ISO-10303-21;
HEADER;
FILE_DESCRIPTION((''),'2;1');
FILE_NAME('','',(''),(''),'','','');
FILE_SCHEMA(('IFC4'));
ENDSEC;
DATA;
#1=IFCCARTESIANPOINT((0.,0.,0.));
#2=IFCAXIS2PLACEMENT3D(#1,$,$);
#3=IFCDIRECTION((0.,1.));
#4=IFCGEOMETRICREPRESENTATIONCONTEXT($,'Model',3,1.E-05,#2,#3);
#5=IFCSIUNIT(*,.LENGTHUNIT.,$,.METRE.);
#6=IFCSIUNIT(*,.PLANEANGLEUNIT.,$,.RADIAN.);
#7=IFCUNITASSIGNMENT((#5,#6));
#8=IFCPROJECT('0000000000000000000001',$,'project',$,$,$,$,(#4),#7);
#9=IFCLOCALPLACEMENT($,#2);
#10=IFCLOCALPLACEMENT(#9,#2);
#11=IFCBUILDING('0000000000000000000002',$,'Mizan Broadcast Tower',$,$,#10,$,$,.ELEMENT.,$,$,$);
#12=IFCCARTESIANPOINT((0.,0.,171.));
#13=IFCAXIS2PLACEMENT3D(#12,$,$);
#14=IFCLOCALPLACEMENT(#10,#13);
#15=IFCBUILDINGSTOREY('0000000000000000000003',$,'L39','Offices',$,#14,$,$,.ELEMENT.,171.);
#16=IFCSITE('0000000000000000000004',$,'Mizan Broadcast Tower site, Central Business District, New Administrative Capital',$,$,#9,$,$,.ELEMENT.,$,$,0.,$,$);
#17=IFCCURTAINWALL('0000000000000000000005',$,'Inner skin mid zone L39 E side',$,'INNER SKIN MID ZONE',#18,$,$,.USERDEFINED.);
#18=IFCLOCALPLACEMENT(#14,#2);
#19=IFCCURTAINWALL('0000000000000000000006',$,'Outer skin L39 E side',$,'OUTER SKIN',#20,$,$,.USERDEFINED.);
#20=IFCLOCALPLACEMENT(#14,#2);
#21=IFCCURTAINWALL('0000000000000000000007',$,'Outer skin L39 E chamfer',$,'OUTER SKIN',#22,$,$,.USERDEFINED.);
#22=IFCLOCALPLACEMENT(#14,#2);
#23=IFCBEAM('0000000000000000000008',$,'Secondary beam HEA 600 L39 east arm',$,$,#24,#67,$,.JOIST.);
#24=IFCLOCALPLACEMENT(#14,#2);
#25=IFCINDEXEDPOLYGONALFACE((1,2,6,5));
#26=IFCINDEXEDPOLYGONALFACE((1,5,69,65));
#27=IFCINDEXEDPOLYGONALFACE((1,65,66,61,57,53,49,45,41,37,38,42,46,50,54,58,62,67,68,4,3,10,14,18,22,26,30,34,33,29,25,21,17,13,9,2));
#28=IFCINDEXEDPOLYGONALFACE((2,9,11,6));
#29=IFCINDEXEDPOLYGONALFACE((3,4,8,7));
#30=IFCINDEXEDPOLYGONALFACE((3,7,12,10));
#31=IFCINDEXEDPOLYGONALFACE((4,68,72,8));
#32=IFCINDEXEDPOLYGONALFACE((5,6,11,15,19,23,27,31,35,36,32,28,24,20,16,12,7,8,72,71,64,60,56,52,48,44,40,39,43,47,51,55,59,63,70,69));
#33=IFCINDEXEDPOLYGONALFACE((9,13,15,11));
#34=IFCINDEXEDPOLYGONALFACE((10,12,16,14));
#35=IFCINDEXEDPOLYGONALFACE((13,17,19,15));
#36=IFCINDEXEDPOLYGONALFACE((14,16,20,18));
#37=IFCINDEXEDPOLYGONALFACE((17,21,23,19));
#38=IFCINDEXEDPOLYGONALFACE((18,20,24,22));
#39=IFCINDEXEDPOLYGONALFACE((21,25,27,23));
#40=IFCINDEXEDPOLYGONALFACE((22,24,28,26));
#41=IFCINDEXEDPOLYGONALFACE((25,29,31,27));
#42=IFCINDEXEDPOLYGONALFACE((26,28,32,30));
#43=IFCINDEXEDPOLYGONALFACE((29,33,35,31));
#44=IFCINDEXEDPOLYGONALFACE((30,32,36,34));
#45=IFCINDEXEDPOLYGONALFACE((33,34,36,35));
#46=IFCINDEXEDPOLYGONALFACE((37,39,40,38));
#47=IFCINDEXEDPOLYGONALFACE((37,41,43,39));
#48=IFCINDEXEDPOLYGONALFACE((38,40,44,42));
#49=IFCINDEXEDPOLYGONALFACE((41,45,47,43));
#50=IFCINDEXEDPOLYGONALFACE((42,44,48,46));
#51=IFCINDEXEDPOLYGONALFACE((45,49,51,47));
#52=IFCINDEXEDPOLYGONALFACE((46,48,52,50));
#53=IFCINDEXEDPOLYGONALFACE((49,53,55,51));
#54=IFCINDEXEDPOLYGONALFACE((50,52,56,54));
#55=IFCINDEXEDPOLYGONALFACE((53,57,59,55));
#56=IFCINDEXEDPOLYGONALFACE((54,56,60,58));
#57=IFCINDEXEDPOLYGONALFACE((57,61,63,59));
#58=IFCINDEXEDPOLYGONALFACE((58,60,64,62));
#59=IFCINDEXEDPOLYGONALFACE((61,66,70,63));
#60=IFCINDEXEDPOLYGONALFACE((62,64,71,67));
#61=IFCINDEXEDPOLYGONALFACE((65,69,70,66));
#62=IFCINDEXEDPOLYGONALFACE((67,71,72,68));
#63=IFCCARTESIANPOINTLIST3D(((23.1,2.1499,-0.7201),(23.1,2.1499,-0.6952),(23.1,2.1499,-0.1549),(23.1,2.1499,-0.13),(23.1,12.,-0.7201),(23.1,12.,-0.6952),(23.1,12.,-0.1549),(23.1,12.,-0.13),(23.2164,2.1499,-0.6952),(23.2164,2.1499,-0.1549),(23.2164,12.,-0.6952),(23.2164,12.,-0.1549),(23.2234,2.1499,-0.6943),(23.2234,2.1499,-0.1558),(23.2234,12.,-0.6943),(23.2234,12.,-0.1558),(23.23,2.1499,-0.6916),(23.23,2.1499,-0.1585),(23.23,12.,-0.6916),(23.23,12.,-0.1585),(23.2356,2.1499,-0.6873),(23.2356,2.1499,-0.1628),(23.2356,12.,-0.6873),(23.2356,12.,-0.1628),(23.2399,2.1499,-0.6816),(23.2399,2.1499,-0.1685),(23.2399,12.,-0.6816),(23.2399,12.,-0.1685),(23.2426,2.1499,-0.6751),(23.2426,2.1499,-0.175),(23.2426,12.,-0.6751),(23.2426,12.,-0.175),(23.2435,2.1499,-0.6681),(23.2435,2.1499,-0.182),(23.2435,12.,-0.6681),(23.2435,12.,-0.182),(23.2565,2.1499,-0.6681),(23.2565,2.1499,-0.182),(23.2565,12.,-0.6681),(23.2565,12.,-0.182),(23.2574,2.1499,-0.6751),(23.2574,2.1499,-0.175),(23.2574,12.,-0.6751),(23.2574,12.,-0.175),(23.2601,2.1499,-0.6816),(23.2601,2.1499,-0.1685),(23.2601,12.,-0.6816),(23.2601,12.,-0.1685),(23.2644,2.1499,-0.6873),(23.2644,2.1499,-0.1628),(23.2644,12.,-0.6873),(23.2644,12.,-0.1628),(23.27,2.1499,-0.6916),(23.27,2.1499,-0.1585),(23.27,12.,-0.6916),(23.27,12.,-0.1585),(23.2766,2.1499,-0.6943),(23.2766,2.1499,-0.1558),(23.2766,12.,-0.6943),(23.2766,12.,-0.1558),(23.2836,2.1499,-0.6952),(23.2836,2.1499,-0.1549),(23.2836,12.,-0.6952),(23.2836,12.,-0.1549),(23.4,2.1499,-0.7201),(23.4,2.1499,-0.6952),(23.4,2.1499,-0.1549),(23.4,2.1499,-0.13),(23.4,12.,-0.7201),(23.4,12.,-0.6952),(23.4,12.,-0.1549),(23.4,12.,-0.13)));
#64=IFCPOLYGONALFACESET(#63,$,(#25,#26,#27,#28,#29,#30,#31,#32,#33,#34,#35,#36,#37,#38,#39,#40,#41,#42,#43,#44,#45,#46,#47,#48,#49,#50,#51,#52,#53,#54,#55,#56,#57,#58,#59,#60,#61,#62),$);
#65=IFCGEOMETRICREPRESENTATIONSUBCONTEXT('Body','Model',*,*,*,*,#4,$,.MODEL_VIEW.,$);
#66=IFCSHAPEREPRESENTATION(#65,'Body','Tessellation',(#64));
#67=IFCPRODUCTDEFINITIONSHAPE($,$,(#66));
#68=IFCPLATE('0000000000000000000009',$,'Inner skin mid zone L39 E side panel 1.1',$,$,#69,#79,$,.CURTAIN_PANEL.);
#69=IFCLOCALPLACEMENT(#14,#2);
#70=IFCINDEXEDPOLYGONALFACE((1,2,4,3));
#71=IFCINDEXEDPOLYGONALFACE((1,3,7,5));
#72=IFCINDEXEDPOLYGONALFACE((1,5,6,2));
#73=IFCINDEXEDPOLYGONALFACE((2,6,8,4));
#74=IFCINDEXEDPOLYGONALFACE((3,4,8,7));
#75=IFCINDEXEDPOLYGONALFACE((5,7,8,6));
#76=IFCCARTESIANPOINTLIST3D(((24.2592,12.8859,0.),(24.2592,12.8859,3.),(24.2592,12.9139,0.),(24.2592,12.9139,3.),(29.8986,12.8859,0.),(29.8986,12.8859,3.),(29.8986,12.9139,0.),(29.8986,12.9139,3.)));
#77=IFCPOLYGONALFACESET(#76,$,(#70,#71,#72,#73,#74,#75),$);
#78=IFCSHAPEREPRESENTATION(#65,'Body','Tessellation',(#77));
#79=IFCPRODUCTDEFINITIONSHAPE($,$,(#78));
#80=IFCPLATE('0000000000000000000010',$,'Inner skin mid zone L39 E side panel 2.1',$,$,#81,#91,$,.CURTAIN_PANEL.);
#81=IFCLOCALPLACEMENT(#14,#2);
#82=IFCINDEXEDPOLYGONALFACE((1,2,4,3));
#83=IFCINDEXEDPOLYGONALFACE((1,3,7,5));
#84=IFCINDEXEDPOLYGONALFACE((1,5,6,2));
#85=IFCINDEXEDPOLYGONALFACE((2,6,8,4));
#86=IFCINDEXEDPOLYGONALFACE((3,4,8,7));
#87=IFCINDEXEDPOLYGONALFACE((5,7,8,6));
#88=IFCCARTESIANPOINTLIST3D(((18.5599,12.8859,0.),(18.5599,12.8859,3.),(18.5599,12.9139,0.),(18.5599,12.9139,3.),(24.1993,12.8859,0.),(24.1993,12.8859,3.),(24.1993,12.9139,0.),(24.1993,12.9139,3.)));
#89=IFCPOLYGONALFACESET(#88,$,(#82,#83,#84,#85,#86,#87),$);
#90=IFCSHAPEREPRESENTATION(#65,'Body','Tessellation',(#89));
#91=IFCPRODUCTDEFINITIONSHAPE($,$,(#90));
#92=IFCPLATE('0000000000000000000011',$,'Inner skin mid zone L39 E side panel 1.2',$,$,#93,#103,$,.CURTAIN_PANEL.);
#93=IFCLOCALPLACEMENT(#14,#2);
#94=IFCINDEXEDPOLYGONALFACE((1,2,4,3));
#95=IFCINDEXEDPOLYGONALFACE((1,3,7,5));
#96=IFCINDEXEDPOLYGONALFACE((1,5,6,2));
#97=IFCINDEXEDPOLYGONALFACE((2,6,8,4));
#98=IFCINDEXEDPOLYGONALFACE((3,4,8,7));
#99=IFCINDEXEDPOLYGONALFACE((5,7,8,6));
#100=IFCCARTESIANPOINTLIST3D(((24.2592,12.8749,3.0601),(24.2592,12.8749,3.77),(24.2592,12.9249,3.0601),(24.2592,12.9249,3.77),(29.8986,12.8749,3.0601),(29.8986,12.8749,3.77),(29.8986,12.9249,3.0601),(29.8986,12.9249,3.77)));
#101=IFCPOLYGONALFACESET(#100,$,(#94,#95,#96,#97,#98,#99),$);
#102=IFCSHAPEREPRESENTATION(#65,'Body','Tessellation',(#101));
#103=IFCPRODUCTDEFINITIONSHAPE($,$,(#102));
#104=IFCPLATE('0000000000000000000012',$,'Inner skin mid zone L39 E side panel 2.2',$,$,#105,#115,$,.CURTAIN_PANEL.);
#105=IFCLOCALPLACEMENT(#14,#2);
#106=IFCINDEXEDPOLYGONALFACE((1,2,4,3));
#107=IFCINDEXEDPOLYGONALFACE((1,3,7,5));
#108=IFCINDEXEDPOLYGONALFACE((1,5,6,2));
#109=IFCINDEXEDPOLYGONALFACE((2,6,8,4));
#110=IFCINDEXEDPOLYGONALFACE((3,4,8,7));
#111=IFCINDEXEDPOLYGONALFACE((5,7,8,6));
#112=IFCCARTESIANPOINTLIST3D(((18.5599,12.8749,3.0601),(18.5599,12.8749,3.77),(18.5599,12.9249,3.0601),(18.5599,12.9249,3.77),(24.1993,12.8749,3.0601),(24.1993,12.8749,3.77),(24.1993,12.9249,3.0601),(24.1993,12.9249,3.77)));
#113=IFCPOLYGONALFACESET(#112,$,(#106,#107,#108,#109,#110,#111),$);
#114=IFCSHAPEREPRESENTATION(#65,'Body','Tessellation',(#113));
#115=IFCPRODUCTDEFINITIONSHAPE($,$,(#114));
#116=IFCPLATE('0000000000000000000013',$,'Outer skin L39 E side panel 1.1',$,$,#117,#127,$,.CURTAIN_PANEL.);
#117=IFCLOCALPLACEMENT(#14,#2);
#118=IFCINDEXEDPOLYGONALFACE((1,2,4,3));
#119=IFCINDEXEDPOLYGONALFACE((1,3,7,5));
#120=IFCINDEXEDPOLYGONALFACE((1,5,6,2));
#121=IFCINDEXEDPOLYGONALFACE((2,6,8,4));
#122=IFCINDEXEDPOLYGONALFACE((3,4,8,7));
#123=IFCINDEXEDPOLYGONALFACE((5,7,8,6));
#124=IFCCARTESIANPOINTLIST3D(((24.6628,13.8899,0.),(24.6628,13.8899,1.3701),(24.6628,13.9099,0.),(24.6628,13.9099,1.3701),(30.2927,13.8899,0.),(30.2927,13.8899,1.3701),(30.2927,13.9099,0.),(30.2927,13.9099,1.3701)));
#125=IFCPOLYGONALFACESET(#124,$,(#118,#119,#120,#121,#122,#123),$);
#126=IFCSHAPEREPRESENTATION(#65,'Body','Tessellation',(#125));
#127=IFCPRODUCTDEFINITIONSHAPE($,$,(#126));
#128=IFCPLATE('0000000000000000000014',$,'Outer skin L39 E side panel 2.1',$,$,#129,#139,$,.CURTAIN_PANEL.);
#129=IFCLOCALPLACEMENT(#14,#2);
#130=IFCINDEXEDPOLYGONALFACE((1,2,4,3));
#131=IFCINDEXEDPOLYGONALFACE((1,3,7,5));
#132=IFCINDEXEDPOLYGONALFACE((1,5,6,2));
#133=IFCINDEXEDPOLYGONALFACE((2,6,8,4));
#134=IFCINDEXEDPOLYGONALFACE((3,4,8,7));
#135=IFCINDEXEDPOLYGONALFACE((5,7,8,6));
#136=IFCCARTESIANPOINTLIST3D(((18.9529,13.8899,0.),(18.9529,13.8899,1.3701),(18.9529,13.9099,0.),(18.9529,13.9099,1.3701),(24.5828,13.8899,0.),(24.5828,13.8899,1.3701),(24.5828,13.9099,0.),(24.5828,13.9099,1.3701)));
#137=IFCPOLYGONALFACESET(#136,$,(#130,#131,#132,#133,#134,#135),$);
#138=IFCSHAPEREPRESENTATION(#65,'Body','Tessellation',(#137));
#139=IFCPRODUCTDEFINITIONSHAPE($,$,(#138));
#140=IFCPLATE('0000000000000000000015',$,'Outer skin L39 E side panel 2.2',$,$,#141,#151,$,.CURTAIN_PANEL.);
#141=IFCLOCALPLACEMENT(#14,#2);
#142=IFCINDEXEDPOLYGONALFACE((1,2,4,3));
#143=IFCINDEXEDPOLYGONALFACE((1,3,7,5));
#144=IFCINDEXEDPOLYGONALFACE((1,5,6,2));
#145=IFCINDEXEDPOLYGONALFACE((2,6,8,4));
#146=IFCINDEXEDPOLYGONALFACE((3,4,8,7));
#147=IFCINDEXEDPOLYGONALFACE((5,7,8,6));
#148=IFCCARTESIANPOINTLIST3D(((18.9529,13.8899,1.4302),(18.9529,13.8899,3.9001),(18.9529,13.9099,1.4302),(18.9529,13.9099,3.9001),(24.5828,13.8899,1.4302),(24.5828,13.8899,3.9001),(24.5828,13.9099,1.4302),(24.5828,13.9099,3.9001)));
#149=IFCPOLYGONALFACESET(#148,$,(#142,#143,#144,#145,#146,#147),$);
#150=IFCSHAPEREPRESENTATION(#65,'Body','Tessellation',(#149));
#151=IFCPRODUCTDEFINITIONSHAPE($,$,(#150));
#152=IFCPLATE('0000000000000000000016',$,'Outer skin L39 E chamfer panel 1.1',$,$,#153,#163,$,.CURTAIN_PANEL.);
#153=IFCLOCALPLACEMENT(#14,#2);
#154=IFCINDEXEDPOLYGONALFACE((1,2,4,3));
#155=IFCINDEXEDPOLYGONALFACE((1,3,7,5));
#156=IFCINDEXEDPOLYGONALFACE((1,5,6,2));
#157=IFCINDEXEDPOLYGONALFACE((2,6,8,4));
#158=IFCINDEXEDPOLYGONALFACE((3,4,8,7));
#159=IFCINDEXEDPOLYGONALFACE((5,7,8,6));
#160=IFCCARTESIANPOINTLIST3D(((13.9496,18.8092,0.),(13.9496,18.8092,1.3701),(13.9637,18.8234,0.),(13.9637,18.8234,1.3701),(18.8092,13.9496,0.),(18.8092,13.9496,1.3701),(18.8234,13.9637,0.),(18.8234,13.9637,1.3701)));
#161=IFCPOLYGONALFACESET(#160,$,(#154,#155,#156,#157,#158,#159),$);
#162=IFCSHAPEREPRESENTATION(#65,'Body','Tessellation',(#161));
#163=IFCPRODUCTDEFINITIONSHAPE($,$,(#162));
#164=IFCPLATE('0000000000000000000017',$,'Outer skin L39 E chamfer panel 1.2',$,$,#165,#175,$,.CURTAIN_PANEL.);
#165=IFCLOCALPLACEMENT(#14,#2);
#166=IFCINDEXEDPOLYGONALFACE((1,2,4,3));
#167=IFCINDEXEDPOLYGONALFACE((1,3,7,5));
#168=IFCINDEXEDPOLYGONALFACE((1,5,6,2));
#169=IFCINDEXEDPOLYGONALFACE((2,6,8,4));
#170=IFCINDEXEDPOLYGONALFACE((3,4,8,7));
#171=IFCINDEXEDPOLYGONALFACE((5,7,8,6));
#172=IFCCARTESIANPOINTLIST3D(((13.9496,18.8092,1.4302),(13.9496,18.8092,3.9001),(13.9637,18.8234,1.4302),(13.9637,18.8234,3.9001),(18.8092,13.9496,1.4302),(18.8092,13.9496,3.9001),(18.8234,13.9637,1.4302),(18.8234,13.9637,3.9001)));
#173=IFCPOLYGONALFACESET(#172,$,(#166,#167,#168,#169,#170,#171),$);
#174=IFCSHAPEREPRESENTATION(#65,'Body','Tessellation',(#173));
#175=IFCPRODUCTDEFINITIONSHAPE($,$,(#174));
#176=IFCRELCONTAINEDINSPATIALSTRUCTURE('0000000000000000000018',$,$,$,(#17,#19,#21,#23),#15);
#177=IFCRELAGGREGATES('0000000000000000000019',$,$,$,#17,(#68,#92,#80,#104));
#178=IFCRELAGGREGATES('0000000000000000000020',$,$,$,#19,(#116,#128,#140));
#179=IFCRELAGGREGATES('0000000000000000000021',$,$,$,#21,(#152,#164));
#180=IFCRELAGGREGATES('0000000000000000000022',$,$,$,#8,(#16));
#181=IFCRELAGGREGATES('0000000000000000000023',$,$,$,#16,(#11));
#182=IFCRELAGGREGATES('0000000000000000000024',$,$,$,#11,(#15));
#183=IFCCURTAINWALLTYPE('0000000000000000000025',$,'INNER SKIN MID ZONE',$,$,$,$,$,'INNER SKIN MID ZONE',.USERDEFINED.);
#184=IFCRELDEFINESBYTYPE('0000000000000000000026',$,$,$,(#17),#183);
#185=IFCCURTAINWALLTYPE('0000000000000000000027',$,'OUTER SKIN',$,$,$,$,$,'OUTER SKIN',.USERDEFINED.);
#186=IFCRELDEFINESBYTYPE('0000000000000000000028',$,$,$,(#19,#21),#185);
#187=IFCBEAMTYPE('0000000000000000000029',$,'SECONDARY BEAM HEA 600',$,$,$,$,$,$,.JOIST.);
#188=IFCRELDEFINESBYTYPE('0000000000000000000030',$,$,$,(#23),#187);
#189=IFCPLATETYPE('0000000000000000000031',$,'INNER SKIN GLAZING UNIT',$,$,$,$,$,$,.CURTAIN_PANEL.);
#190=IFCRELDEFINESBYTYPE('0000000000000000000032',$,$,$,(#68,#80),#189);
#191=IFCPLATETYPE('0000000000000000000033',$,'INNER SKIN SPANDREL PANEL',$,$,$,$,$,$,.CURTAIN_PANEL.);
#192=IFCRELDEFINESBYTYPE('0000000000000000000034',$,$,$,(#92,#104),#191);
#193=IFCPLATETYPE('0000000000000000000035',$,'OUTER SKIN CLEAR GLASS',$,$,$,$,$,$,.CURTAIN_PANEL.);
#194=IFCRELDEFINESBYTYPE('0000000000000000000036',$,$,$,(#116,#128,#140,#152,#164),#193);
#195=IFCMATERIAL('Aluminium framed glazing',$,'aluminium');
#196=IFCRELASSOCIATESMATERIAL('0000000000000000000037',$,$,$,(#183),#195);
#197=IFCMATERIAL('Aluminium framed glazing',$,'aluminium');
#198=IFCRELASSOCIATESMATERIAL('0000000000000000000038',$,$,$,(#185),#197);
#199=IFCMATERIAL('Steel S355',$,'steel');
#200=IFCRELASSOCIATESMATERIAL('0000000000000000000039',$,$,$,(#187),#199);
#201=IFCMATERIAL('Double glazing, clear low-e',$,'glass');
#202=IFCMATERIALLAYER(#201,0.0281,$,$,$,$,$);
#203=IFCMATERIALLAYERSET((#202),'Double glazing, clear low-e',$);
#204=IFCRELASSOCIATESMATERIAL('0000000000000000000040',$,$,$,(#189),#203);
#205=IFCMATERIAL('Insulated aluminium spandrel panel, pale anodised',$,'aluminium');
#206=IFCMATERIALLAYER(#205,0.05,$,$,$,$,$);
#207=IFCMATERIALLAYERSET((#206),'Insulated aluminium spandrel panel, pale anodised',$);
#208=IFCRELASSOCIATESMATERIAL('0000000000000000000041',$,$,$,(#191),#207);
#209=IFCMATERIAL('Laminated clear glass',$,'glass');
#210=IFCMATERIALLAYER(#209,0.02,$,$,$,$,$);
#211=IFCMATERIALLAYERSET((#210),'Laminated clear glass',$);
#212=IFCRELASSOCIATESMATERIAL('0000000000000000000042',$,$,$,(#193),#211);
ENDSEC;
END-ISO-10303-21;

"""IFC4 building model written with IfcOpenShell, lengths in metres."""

from ifc_helpers import new_model, si_unit, direction, frame, origin, origin_2d, place, context, subcontext, project, spatial, rectangle, i_section, extrude, material, layer, layer_set, material_profile, profile_set, type_object, element, aggregate, save


model = new_model("IFC4")

# Units and contexts
model_context = context("Model", 3, precision=1e-05, world=origin(), true_north=direction((0.0, 1.0)))
body_context = subcontext(model_context, "Body", "Model", "MODEL_VIEW")
ifc_project = project(units=[si_unit("LENGTHUNIT", "METRE"), si_unit("PLANEANGLEUNIT", "RADIAN")], contexts=[model_context])

# Site, building, storey
site_placement = place(None, origin())
site = spatial("IfcSite", under=ifc_project, at=site_placement, Name="Mizan Broadcast Tower site, Central Business District, New Administrative Capital", CompositionType="ELEMENT", RefElevation=0.0)
building_placement = place(site_placement, origin())
building = spatial("IfcBuilding", under=site, at=building_placement, Name="Mizan Broadcast Tower", CompositionType="ELEMENT")
storey_placement = place(building_placement, frame((0.0, 0.0, 171.0)))
storey = spatial("IfcBuildingStorey", under=building, at=storey_placement, Name="L39", Description="Offices", CompositionType="ELEMENT", Elevation=171.0)

# Curtain walls
ifc_material_1 = material(Name="Aluminium framed glazing", Category="aluminium")
curtain_wall_type_1 = type_object("IfcCurtainWallType", Name="INNER SKIN MID ZONE", ElementType="INNER SKIN MID ZONE", PredefinedType="USERDEFINED", material=ifc_material_1)
curtain_wall_1_placement = place(storey_placement, origin())
curtain_wall_1 = element("IfcCurtainWall", 1, at=curtain_wall_1_placement, inside=storey, type_object=curtain_wall_type_1, Name="Inner skin mid zone L39 E side", ObjectType="INNER SKIN MID ZONE", PredefinedType="USERDEFINED")
ifc_material_2 = material(Name="Aluminium framed glazing", Category="aluminium")
curtain_wall_type_2 = type_object("IfcCurtainWallType", Name="OUTER SKIN", ElementType="OUTER SKIN", PredefinedType="USERDEFINED", material=ifc_material_2)
curtain_wall_2_placement = place(storey_placement, origin())
curtain_wall_2 = element("IfcCurtainWall", 2, at=curtain_wall_2_placement, inside=storey, type_object=curtain_wall_type_2, Name="Outer skin L39 E side", ObjectType="OUTER SKIN", PredefinedType="USERDEFINED")

# Curtain wall
curtain_wall_3_placement = place(storey_placement, origin())
curtain_wall_3 = element("IfcCurtainWall", 3, at=curtain_wall_3_placement, inside=storey, type_object=curtain_wall_type_2, Name="Outer skin L39 E chamfer", ObjectType="OUTER SKIN", PredefinedType="USERDEFINED")

# Beam
ifc_material_3 = material(Name="Steel S355", Category="steel")
ifc_material_profile_1 = material_profile(ifc_material_3, i_section(OverallWidth=0.3, OverallDepth=0.5901, WebThickness=0.0129, FlangeThickness=0.0249, FilletRadius=0.0271, at=origin_2d()), Name="HEA 600")
ifc_profile_set_1 = profile_set([ifc_material_profile_1], Name="Steel S355")
beam_type_1 = type_object("IfcBeamType", Name="SECONDARY BEAM HEA 600", PredefinedType="JOIST", material=ifc_profile_set_1)
for number, where, z_axis, x_axis, name in (
    (4, (23.25, 12.0, -0.425), (0.0, -1.0, 0.0), (1.0, 0.0, 0.0), "Secondary beam HEA 600 L39 east arm"),
):
    element("IfcBeam", number, at=place(storey_placement, frame(where, z_axis=z_axis, x_axis=x_axis)), inside=storey, type_object=beam_type_1, Name=name, PredefinedType="JOIST", context=body_context, shape_type="SweptSolid", body=[
        extrude(i_section(OverallWidth=0.3, OverallDepth=0.5901, WebThickness=0.0129, FlangeThickness=0.0249, FilletRadius=0.0271, at=origin_2d()), origin(), (0.0, 0.0, 1.0), 9.8501),
    ])

# Plates
ifc_material_4 = material(Name="Double glazing, clear low-e", Category="glass")
ifc_layer_1 = layer(ifc_material_4, 0.0281)
ifc_layer_set_1 = layer_set([ifc_layer_1], Name="Double glazing, clear low-e")
plate_type_1 = type_object("IfcPlateType", Name="INNER SKIN GLAZING UNIT", PredefinedType="CURTAIN_PANEL", material=ifc_layer_set_1)
plate_1_placement = place(storey_placement, frame((27.0789, 12.8999, 0.0), z_axis=(0.0, 0.0, 1.0), x_axis=(-1.0, 0.0, 0.0)))
plate_1 = element("IfcPlate", 5, at=plate_1_placement, type_object=plate_type_1, Name="Inner skin mid zone L39 E side panel 1.1", PredefinedType="CURTAIN_PANEL", context=body_context, shape_type="SweptSolid", body=[
    extrude(rectangle(XDim=5.6394, YDim=0.0281, at=origin_2d()), origin(), (0.0, 0.0, 1.0), 3.0),
])
plate_2_placement = place(storey_placement, frame((21.3796, 12.8999, 0.0), z_axis=(0.0, 0.0, 1.0), x_axis=(-1.0, 0.0, 0.0)))
plate_2 = element("IfcPlate", 6, at=plate_2_placement, type_object=plate_type_1, Name="Inner skin mid zone L39 E side panel 2.1", PredefinedType="CURTAIN_PANEL", context=body_context, shape_type="SweptSolid", body=[
    extrude(rectangle(XDim=5.6394, YDim=0.0281, at=origin_2d()), origin(), (0.0, 0.0, 1.0), 3.0),
])
ifc_material_5 = material(Name="Insulated aluminium spandrel panel, pale anodised", Category="aluminium")
ifc_layer_2 = layer(ifc_material_5, 0.05)
ifc_layer_set_2 = layer_set([ifc_layer_2], Name="Insulated aluminium spandrel panel, pale anodised")
plate_type_2 = type_object("IfcPlateType", Name="INNER SKIN SPANDREL PANEL", PredefinedType="CURTAIN_PANEL", material=ifc_layer_set_2)
plate_3_placement = place(storey_placement, frame((27.0789, 12.8999, 3.0601), z_axis=(0.0, 0.0, 1.0), x_axis=(-1.0, 0.0, 0.0)))
plate_3 = element("IfcPlate", 7, at=plate_3_placement, type_object=plate_type_2, Name="Inner skin mid zone L39 E side panel 1.2", PredefinedType="CURTAIN_PANEL", context=body_context, shape_type="SweptSolid", body=[
    extrude(rectangle(XDim=5.6394, YDim=0.05, at=origin_2d()), origin(), (0.0, 0.0, 1.0), 0.71),
])
plate_4_placement = place(storey_placement, frame((21.3796, 12.8999, 3.0601), z_axis=(0.0, 0.0, 1.0), x_axis=(-1.0, 0.0, 0.0)))
plate_4 = element("IfcPlate", 8, at=plate_4_placement, type_object=plate_type_2, Name="Inner skin mid zone L39 E side panel 2.2", PredefinedType="CURTAIN_PANEL", context=body_context, shape_type="SweptSolid", body=[
    extrude(rectangle(XDim=5.6394, YDim=0.05, at=origin_2d()), origin(), (0.0, 0.0, 1.0), 0.71),
])
aggregate(curtain_wall_1, [plate_1, plate_3, plate_2, plate_4])
ifc_material_6 = material(Name="Laminated clear glass", Category="glass")
ifc_layer_3 = layer(ifc_material_6, 0.02)
ifc_layer_set_3 = layer_set([ifc_layer_3], Name="Laminated clear glass")
plate_type_3 = type_object("IfcPlateType", Name="OUTER SKIN CLEAR GLASS", PredefinedType="CURTAIN_PANEL", material=ifc_layer_set_3)
plate_5_placement = place(storey_placement, frame((27.4778, 13.8999, 0.0), z_axis=(0.0, 0.0, 1.0), x_axis=(-1.0, 0.0, 0.0)))
plate_5 = element("IfcPlate", 9, at=plate_5_placement, type_object=plate_type_3, Name="Outer skin L39 E side panel 1.1", PredefinedType="CURTAIN_PANEL", context=body_context, shape_type="SweptSolid", body=[
    extrude(rectangle(XDim=5.6299, YDim=0.02, at=origin_2d()), origin(), (0.0, 0.0, 1.0), 1.3701),
])
plate_6_placement = place(storey_placement, frame((21.7678, 13.8999, 0.0), z_axis=(0.0, 0.0, 1.0), x_axis=(-1.0, 0.0, 0.0)))
plate_6 = element("IfcPlate", 10, at=plate_6_placement, type_object=plate_type_3, Name="Outer skin L39 E side panel 2.1", PredefinedType="CURTAIN_PANEL", context=body_context, shape_type="SweptSolid", body=[
    extrude(rectangle(XDim=5.6299, YDim=0.02, at=origin_2d()), origin(), (0.0, 0.0, 1.0), 1.3701),
])
plate_7_placement = place(storey_placement, frame((21.7678, 13.8999, 1.4302), z_axis=(0.0, 0.0, 1.0), x_axis=(-1.0, 0.0, 0.0)))
plate_7 = element("IfcPlate", 11, at=plate_7_placement, type_object=plate_type_3, Name="Outer skin L39 E side panel 2.2", PredefinedType="CURTAIN_PANEL", context=body_context, shape_type="SweptSolid", body=[
    extrude(rectangle(XDim=5.6299, YDim=0.02, at=origin_2d()), origin(), (0.0, 0.0, 1.0), 2.47),
])
aggregate(curtain_wall_2, [plate_5, plate_6, plate_7])
plate_8_placement = place(storey_placement, frame((16.3865, 16.3865, 0.0), z_axis=(0.0, 0.0, 1.0), x_axis=(-0.707107, 0.707107, 0.0)))
plate_8 = element("IfcPlate", 12, at=plate_8_placement, type_object=plate_type_3, Name="Outer skin L39 E chamfer panel 1.1", PredefinedType="CURTAIN_PANEL", context=body_context, shape_type="SweptSolid", body=[
    extrude(rectangle(XDim=6.8726, YDim=0.02, at=origin_2d()), origin(), (0.0, 0.0, 1.0), 1.3701),
])
plate_9_placement = place(storey_placement, frame((16.3865, 16.3865, 1.4302), z_axis=(0.0, 0.0, 1.0), x_axis=(-0.707107, 0.707107, 0.0)))
plate_9 = element("IfcPlate", 13, at=plate_9_placement, type_object=plate_type_3, Name="Outer skin L39 E chamfer panel 1.2", PredefinedType="CURTAIN_PANEL", context=body_context, shape_type="SweptSolid", body=[
    extrude(rectangle(XDim=6.8726, YDim=0.02, at=origin_2d()), origin(), (0.0, 0.0, 1.0), 2.47),
])
aggregate(curtain_wall_3, [plate_8, plate_9])

save(model, "model.ifc")
